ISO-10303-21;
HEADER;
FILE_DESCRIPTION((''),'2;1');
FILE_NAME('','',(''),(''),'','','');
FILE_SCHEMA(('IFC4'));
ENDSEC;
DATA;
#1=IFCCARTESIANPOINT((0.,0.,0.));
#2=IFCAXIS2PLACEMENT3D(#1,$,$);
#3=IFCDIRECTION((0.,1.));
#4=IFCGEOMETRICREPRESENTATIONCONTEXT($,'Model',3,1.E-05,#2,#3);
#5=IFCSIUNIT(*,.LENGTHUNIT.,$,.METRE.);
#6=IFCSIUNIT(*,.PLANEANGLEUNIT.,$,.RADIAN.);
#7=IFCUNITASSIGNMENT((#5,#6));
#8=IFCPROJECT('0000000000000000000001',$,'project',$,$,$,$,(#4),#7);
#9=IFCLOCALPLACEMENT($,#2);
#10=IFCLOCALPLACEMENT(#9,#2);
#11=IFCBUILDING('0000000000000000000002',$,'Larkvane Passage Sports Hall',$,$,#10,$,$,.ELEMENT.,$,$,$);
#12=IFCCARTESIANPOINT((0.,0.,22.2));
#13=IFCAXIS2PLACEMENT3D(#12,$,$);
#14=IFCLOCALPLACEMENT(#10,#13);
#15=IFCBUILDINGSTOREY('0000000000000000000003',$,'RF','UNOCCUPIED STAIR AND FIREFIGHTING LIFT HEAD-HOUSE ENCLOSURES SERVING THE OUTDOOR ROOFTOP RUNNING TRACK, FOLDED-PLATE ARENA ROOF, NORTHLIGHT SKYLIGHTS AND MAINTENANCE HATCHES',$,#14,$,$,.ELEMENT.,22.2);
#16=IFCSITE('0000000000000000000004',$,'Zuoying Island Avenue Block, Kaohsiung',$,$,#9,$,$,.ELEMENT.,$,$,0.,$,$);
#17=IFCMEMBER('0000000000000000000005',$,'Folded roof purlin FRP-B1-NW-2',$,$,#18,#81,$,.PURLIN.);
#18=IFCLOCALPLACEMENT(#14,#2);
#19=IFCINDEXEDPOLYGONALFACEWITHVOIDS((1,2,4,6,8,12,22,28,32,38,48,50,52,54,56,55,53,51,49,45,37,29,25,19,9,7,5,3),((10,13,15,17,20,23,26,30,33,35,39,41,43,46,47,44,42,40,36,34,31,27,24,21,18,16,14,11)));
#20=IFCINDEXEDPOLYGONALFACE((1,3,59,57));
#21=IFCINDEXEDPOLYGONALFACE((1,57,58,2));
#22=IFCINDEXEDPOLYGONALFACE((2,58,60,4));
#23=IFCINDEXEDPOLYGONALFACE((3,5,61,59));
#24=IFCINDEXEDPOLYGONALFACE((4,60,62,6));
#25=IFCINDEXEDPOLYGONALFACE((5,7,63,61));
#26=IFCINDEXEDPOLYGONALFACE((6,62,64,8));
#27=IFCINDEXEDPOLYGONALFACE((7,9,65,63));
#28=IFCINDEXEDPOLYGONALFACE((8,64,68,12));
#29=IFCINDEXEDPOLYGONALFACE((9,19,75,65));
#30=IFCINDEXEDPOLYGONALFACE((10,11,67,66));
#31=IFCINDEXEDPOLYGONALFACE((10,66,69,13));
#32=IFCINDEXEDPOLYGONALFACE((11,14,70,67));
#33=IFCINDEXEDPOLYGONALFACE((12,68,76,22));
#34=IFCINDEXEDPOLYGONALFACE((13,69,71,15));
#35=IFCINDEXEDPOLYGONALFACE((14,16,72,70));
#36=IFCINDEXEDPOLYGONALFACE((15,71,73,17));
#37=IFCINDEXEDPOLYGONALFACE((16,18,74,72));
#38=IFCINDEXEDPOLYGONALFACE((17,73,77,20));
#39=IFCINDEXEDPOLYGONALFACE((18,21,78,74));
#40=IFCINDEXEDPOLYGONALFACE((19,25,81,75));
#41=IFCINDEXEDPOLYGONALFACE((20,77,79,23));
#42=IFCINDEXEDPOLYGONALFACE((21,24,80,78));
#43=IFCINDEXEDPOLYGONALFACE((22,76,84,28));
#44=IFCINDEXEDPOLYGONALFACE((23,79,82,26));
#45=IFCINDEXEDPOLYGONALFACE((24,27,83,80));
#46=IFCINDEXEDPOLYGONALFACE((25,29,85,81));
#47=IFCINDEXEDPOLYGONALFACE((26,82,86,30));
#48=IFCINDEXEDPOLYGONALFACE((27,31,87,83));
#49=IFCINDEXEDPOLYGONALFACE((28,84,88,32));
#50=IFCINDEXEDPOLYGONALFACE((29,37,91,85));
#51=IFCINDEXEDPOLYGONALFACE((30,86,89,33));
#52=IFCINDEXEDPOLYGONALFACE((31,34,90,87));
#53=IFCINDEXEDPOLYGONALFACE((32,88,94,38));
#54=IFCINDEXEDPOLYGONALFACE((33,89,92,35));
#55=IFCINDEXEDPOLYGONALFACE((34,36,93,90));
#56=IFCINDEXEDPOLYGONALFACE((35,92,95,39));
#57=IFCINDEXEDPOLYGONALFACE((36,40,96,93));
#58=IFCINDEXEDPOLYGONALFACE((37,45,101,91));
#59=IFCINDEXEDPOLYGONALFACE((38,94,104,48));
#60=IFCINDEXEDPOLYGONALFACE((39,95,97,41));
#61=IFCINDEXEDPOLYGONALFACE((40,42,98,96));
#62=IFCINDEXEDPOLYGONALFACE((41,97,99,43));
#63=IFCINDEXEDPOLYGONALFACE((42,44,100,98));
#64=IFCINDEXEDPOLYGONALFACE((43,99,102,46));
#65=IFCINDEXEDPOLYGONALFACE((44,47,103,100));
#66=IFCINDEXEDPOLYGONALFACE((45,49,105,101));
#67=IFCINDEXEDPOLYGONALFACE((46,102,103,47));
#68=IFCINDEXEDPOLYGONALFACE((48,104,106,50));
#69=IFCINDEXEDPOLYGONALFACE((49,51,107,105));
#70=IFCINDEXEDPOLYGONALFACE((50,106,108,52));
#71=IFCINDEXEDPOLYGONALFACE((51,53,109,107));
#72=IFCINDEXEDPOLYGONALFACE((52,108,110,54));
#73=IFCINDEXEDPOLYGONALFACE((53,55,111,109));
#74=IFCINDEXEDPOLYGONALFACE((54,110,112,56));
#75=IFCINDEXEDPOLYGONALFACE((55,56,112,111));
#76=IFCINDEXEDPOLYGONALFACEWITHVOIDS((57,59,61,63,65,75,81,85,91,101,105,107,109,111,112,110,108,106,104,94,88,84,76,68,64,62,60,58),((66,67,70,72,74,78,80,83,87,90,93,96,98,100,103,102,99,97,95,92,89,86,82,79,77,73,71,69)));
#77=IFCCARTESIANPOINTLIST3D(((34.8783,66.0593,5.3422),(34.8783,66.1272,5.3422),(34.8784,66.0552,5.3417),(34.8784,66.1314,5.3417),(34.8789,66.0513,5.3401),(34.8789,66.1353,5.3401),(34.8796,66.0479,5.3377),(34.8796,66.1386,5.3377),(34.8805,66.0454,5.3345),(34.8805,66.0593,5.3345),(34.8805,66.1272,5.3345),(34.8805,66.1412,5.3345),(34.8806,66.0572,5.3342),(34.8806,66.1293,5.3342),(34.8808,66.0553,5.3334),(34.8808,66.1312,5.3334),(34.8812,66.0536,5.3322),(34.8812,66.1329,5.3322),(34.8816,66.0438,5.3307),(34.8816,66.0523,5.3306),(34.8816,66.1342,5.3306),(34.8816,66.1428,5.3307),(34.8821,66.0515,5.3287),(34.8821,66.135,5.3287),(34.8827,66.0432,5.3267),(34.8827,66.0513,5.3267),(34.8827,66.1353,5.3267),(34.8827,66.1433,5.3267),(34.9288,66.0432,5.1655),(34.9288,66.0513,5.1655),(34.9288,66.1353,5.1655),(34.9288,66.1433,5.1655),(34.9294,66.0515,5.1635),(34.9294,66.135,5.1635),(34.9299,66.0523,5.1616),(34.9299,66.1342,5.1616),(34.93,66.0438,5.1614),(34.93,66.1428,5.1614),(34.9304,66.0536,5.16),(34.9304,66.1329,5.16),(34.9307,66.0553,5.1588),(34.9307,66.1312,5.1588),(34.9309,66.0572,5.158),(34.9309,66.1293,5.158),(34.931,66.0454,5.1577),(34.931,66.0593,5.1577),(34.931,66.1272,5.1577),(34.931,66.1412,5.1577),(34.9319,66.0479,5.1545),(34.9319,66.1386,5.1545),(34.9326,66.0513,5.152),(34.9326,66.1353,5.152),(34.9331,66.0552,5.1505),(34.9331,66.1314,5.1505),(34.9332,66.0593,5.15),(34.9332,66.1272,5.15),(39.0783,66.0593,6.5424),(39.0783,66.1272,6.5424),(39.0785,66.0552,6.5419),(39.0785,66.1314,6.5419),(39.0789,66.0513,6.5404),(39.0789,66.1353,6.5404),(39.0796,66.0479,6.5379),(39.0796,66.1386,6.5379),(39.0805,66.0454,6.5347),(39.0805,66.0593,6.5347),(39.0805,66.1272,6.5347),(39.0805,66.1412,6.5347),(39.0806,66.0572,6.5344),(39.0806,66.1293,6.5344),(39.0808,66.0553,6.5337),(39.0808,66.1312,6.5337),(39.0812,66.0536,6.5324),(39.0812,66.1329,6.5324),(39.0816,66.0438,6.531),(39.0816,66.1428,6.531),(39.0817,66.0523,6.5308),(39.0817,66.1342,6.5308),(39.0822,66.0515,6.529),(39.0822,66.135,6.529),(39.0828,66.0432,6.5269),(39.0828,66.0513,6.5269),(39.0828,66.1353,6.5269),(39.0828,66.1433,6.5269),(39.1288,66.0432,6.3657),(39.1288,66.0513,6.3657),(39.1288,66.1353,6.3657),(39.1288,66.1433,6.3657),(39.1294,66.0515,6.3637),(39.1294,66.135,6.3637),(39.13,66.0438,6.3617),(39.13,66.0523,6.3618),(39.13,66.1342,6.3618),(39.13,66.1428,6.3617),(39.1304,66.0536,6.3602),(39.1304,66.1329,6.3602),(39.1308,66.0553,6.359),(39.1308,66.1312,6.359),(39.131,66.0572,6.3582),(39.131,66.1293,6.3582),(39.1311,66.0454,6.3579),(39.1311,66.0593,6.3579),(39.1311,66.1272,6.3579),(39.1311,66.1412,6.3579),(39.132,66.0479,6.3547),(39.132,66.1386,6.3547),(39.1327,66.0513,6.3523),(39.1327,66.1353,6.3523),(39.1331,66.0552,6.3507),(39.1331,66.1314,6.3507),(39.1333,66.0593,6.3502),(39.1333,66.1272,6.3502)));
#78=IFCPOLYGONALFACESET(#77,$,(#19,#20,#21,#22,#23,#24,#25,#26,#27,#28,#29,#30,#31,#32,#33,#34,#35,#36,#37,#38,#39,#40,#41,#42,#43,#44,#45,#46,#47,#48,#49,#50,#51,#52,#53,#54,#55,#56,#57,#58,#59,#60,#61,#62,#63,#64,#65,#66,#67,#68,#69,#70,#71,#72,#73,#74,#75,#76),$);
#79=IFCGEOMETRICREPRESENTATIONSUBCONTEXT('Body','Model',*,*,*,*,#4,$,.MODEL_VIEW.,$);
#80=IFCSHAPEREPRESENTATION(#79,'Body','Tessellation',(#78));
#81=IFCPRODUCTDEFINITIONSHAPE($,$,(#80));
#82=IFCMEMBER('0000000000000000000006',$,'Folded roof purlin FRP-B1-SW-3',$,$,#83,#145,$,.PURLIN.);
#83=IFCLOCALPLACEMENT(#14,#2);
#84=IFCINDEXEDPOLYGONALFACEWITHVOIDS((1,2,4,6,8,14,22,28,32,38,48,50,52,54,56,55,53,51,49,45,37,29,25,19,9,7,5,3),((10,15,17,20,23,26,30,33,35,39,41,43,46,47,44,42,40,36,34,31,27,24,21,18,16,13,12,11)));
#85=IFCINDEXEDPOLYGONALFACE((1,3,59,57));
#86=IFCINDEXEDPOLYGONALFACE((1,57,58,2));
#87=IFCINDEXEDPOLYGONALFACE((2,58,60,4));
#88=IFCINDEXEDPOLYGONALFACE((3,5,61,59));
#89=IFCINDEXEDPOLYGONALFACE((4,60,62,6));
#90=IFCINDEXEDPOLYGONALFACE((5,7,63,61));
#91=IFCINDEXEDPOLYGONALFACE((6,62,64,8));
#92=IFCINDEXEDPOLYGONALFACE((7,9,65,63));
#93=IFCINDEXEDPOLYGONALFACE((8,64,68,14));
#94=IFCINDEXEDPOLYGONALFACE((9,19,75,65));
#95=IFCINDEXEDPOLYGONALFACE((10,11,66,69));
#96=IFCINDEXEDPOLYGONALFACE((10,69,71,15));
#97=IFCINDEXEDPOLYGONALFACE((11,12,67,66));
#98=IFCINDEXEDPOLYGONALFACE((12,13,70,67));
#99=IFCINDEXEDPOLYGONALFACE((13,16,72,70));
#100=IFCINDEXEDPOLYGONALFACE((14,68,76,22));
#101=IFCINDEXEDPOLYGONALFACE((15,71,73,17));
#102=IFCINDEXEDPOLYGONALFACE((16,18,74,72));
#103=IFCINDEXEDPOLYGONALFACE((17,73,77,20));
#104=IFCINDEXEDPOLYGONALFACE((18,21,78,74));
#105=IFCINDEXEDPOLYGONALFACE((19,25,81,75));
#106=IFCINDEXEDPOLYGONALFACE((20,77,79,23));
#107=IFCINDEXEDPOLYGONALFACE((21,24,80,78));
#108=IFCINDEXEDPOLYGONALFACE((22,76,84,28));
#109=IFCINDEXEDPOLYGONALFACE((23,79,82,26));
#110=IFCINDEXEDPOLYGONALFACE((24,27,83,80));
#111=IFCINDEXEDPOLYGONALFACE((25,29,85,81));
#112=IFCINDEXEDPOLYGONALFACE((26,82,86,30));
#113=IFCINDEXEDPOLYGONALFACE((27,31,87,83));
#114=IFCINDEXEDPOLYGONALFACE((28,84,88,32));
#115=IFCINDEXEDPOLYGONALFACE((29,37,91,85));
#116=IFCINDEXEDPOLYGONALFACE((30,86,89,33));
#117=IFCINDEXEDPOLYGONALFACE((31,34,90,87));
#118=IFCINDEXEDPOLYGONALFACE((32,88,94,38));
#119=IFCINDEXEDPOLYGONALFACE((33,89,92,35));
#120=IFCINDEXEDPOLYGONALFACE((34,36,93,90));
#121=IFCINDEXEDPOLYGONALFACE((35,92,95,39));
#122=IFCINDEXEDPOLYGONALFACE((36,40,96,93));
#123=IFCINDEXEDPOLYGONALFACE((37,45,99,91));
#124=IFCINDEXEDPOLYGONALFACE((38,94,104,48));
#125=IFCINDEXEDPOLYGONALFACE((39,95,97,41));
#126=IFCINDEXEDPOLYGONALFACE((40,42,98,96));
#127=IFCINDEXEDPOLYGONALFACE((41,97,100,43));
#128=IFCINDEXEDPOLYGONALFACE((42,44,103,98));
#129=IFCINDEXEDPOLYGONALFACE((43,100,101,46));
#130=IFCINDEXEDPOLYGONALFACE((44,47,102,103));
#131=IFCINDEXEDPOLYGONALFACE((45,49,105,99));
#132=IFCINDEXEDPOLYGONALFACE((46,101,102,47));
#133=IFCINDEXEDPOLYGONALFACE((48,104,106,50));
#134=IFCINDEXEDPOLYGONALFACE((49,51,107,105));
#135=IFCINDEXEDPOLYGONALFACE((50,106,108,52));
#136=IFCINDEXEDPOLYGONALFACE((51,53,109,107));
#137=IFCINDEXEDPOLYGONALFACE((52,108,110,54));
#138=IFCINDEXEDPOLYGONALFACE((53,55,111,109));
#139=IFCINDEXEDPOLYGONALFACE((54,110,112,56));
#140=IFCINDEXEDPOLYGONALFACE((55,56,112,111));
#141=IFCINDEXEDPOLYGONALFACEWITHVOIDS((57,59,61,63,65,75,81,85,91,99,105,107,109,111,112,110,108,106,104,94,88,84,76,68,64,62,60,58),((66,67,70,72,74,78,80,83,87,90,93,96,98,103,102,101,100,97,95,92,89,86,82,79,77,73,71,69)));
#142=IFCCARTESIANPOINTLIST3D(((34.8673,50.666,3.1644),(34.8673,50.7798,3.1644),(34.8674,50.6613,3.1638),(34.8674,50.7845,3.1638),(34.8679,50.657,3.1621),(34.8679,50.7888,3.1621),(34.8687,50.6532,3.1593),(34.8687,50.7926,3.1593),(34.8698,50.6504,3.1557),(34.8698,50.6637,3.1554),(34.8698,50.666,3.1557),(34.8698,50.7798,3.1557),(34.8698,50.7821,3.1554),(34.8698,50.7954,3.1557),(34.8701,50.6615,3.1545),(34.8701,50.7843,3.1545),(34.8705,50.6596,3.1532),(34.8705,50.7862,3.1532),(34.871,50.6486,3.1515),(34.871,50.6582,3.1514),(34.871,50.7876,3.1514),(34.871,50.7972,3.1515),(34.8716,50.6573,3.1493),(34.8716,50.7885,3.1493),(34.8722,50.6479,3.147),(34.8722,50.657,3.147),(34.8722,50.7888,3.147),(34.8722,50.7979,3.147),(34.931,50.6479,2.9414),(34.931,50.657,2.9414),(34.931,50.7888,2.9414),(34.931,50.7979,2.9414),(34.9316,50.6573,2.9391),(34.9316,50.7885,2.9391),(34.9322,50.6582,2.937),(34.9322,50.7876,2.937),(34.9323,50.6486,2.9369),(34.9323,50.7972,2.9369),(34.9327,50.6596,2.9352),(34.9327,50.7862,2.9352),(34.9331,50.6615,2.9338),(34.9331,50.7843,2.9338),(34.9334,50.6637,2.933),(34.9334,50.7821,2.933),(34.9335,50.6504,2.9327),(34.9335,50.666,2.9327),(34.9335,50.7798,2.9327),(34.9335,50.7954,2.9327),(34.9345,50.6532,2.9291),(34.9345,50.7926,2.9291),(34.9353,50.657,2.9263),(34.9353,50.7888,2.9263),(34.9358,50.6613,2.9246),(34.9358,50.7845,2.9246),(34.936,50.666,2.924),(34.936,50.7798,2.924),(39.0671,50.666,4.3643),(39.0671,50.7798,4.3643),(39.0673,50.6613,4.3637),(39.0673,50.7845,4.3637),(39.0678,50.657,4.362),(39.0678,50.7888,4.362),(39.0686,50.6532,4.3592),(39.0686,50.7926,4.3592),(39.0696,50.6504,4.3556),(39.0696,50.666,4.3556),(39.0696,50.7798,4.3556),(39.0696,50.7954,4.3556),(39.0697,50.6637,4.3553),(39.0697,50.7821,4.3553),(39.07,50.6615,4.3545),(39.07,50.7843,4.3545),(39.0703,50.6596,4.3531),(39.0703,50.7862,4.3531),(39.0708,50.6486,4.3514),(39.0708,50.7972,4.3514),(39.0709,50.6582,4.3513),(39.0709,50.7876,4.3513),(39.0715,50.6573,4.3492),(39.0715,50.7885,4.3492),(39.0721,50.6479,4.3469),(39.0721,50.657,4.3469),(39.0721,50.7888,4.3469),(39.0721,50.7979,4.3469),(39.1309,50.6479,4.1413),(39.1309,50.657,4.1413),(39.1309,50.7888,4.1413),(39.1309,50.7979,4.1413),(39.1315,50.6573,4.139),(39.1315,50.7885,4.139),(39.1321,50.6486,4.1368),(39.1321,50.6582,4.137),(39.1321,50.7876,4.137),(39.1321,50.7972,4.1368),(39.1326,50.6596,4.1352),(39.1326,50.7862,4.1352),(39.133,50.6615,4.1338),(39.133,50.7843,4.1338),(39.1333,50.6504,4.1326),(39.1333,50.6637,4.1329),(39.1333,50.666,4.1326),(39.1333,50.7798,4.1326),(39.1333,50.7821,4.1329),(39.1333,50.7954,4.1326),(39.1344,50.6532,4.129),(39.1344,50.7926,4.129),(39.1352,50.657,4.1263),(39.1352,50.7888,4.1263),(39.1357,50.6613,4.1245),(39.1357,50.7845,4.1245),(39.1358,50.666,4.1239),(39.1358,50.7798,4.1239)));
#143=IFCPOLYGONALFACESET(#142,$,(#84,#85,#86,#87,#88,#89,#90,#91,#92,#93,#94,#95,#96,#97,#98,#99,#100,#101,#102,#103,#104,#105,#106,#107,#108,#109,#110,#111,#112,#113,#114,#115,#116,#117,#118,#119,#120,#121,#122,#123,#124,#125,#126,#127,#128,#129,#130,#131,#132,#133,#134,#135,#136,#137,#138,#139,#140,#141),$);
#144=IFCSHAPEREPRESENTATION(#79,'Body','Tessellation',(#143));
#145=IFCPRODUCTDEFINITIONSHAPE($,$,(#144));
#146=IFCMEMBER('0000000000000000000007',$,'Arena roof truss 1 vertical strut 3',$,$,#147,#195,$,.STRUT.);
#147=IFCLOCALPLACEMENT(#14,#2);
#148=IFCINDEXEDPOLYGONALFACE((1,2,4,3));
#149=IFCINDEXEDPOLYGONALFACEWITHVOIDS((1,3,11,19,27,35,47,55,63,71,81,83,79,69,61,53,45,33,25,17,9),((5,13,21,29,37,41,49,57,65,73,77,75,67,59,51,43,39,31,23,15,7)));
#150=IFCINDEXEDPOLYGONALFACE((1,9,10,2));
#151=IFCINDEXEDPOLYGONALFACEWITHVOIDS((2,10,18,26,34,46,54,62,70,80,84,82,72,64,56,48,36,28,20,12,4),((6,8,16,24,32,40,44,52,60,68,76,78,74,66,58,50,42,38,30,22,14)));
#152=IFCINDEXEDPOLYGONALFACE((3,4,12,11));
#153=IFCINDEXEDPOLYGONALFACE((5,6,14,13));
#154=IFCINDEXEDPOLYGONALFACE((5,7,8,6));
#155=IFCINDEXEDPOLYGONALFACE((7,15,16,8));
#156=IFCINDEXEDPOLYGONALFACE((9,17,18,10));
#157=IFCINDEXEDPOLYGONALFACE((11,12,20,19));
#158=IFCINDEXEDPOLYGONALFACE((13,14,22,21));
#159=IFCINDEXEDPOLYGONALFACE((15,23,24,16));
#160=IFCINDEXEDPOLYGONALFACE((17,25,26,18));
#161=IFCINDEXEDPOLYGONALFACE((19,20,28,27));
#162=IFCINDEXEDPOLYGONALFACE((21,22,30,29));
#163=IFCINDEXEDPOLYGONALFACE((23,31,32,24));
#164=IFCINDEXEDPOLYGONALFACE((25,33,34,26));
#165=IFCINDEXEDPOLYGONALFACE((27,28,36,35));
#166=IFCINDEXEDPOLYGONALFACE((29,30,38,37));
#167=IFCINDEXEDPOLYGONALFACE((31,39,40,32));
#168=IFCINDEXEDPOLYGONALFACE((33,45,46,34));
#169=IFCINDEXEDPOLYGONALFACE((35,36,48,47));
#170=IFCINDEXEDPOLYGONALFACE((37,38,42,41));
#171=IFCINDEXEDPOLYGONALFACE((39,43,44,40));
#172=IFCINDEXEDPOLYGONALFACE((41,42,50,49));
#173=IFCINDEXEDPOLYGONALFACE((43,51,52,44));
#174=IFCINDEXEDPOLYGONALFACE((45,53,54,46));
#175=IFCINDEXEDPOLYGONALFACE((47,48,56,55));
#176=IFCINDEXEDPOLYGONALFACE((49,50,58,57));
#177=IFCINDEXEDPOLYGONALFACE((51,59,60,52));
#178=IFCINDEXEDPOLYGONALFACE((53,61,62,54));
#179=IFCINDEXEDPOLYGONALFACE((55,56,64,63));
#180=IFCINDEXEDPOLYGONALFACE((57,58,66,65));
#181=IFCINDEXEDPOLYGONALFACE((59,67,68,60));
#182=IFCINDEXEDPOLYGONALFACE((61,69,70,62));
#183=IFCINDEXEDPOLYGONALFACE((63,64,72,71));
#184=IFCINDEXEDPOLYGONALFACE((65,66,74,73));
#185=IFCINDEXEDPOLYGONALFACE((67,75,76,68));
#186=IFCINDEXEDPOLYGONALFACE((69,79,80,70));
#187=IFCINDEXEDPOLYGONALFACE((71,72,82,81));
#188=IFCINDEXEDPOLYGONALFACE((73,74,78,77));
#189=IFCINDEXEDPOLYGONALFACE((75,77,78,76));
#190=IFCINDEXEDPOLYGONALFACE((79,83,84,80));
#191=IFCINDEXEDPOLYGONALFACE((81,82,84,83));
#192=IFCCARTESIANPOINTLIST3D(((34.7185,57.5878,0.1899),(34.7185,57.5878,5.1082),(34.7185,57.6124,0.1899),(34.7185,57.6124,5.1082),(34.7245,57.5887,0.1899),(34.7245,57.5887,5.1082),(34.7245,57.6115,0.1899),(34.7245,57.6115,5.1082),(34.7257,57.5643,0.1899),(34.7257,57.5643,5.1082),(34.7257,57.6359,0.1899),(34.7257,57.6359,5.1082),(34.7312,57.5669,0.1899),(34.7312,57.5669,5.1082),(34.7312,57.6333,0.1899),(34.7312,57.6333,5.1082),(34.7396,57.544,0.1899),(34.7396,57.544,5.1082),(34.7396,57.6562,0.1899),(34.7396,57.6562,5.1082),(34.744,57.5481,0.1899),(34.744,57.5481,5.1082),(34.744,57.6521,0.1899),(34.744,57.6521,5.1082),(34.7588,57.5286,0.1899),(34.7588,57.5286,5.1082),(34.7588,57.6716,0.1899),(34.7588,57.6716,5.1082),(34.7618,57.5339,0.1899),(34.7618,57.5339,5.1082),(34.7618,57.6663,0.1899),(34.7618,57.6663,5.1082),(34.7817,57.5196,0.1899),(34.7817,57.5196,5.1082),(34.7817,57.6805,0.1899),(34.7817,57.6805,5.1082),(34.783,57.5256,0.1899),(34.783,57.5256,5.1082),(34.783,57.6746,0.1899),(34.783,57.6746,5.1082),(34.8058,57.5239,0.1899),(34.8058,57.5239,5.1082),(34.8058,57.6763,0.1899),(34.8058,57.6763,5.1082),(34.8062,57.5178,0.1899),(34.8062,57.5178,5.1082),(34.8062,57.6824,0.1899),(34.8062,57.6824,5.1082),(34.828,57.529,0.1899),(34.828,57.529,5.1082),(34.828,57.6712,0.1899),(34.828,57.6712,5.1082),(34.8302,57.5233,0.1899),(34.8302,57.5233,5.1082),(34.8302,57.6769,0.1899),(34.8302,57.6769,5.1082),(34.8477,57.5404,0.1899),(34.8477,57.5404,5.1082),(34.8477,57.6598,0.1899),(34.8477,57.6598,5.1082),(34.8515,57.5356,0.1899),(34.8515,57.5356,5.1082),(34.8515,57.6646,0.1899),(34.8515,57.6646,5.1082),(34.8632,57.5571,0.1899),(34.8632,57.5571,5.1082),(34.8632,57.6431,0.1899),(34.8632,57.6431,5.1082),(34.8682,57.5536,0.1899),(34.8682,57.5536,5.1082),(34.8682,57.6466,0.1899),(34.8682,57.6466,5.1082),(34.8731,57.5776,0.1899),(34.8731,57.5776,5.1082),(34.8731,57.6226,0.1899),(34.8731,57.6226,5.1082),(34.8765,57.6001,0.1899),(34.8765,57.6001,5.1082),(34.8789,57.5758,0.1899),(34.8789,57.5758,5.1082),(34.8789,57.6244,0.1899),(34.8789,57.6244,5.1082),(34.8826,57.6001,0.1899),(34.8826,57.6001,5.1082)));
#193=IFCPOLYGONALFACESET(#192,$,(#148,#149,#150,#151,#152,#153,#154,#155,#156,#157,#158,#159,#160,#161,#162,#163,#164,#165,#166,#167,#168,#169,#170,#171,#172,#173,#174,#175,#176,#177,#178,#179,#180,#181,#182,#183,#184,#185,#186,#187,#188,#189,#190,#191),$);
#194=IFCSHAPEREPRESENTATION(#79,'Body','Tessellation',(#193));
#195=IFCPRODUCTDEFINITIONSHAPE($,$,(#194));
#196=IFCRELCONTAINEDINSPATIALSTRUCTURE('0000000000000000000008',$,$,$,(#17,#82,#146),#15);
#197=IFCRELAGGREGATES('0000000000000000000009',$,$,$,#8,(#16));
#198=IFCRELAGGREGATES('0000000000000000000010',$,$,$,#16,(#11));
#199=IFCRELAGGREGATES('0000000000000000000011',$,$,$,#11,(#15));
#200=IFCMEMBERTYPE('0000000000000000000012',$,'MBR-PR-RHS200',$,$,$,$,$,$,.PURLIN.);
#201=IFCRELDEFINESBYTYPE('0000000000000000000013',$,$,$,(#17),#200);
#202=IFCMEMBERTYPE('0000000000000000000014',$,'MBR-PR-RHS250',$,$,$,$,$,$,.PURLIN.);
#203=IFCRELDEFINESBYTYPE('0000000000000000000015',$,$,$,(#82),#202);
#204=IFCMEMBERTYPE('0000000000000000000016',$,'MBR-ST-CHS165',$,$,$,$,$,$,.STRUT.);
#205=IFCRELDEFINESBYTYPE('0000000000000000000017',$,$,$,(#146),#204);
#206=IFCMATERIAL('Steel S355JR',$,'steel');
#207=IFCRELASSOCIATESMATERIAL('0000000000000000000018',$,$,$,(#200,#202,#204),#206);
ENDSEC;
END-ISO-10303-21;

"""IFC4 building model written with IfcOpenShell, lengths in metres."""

from ifc_helpers import new_model, si_unit, direction, frame, origin, origin_2d, place, context, subcontext, project, spatial, hollow_rectangle, hollow_circle, extrude, material, material_profile, profile_set, type_object, element, save


model = new_model("IFC4")

# Units and contexts
model_context = context("Model", 3, precision=1e-05, world=origin(), true_north=direction((0.0, 1.0)))
body_context = subcontext(model_context, "Body", "Model", "MODEL_VIEW")
ifc_project = project(units=[si_unit("LENGTHUNIT", "METRE"), si_unit("PLANEANGLEUNIT", "RADIAN")], contexts=[model_context])

# Site, building, storey
site_placement = place(None, origin())
site = spatial("IfcSite", under=ifc_project, at=site_placement, Name="Zuoying Island Avenue Block, Kaohsiung", CompositionType="ELEMENT", RefElevation=0.0)
building_placement = place(site_placement, origin())
building = spatial("IfcBuilding", under=site, at=building_placement, Name="Larkvane Passage Sports Hall", CompositionType="ELEMENT")
storey_placement = place(building_placement, frame((0.0, 0.0, 22.2)))
storey = spatial("IfcBuildingStorey", under=building, at=storey_placement, Name="RF", Description="UNOCCUPIED STAIR AND FIREFIGHTING LIFT HEAD-HOUSE ENCLOSURES SERVING THE OUTDOOR ROOFTOP RUNNING TRACK, FOLDED-PLATE ARENA ROOF, NORTHLIGHT SKYLIGHTS AND MAINTENANCE HATCHES", CompositionType="ELEMENT", Elevation=22.2)

# Members
ifc_material_1 = material(Name="Steel S355JR", Category="steel")
ifc_material_profile_1 = material_profile(ifc_material_1, hollow_rectangle(XDim=0.1001, YDim=0.2, WallThickness=0.0081, InnerFilletRadius=0.0081, OuterFilletRadius=0.0161, at=origin_2d()), Name="RHS-200x100x8")
ifc_profile_set_1 = profile_set([ifc_material_profile_1], Name="Steel S355JR")
member_type_1 = type_object("IfcMemberType", Name="MBR-PR-RHS200", PredefinedType="PURLIN", material=ifc_profile_set_1)
member_1_placement = place(storey_placement, frame((34.9058, 66.0933, 5.2461), z_axis=(0.961511, 0.0, 0.274765), x_axis=(0.0, 1.0, 0.0)))
element("IfcMember", 1, at=member_1_placement, inside=storey, type_object=member_type_1, Name="Folded roof purlin FRP-B1-NW-2", PredefinedType="PURLIN", context=body_context, shape_type="SweptSolid", body=[
    extrude(hollow_rectangle(XDim=0.1001, YDim=0.2, WallThickness=0.0081, InnerFilletRadius=0.0081, OuterFilletRadius=0.0161, at=origin_2d()), origin(), (0.0, 0.0, 1.0), 4.3682),
])
ifc_material_profile_2 = material_profile(ifc_material_1, hollow_rectangle(XDim=0.1499, YDim=0.25, WallThickness=0.009, InnerFilletRadius=0.009, OuterFilletRadius=0.0181, at=origin_2d()), Name="RHS-250x150x9")
ifc_profile_set_2 = profile_set([ifc_material_profile_2], Name="Steel S355JR")
member_type_2 = type_object("IfcMemberType", Name="MBR-PR-RHS250", PredefinedType="PURLIN", material=ifc_profile_set_2)
member_2_placement = place(storey_placement, frame((34.9016, 50.7229, 3.0442), z_axis=(0.961526, 0.0, 0.274714), x_axis=(0.0, 1.0, 0.0)))
element("IfcMember", 2, at=member_2_placement, inside=storey, type_object=member_type_2, Name="Folded roof purlin FRP-B1-SW-3", PredefinedType="PURLIN", context=body_context, shape_type="SweptSolid", body=[
    extrude(hollow_rectangle(XDim=0.1499, YDim=0.25, WallThickness=0.009, InnerFilletRadius=0.009, OuterFilletRadius=0.0181, at=origin_2d()), origin(), (0.0, 0.0, 1.0), 4.3679),
])
ifc_material_profile_3 = material_profile(ifc_material_1, hollow_circle(Radius=0.0825, WallThickness=0.0061, at=origin_2d()), Name="CHS-165.2x6.0")
ifc_profile_set_3 = profile_set([ifc_material_profile_3], Name="Steel S355JR")
member_type_3 = type_object("IfcMemberType", Name="MBR-ST-CHS165", PredefinedType="STRUT", material=ifc_profile_set_3)
member_3_placement = place(storey_placement, frame((34.8, 57.6001, 0.1899), z_axis=(0.0, 0.0, 1.0), x_axis=(1.0, 0.0, 0.0)))
element("IfcMember", 3, at=member_3_placement, inside=storey, type_object=member_type_3, Name="Arena roof truss 1 vertical strut 3", PredefinedType="STRUT", context=body_context, shape_type="SweptSolid", body=[
    extrude(hollow_circle(Radius=0.0825, WallThickness=0.0061, at=origin_2d()), origin(), (0.0, 0.0, 1.0), 4.9182),
])

save(model, "model.ifc")
